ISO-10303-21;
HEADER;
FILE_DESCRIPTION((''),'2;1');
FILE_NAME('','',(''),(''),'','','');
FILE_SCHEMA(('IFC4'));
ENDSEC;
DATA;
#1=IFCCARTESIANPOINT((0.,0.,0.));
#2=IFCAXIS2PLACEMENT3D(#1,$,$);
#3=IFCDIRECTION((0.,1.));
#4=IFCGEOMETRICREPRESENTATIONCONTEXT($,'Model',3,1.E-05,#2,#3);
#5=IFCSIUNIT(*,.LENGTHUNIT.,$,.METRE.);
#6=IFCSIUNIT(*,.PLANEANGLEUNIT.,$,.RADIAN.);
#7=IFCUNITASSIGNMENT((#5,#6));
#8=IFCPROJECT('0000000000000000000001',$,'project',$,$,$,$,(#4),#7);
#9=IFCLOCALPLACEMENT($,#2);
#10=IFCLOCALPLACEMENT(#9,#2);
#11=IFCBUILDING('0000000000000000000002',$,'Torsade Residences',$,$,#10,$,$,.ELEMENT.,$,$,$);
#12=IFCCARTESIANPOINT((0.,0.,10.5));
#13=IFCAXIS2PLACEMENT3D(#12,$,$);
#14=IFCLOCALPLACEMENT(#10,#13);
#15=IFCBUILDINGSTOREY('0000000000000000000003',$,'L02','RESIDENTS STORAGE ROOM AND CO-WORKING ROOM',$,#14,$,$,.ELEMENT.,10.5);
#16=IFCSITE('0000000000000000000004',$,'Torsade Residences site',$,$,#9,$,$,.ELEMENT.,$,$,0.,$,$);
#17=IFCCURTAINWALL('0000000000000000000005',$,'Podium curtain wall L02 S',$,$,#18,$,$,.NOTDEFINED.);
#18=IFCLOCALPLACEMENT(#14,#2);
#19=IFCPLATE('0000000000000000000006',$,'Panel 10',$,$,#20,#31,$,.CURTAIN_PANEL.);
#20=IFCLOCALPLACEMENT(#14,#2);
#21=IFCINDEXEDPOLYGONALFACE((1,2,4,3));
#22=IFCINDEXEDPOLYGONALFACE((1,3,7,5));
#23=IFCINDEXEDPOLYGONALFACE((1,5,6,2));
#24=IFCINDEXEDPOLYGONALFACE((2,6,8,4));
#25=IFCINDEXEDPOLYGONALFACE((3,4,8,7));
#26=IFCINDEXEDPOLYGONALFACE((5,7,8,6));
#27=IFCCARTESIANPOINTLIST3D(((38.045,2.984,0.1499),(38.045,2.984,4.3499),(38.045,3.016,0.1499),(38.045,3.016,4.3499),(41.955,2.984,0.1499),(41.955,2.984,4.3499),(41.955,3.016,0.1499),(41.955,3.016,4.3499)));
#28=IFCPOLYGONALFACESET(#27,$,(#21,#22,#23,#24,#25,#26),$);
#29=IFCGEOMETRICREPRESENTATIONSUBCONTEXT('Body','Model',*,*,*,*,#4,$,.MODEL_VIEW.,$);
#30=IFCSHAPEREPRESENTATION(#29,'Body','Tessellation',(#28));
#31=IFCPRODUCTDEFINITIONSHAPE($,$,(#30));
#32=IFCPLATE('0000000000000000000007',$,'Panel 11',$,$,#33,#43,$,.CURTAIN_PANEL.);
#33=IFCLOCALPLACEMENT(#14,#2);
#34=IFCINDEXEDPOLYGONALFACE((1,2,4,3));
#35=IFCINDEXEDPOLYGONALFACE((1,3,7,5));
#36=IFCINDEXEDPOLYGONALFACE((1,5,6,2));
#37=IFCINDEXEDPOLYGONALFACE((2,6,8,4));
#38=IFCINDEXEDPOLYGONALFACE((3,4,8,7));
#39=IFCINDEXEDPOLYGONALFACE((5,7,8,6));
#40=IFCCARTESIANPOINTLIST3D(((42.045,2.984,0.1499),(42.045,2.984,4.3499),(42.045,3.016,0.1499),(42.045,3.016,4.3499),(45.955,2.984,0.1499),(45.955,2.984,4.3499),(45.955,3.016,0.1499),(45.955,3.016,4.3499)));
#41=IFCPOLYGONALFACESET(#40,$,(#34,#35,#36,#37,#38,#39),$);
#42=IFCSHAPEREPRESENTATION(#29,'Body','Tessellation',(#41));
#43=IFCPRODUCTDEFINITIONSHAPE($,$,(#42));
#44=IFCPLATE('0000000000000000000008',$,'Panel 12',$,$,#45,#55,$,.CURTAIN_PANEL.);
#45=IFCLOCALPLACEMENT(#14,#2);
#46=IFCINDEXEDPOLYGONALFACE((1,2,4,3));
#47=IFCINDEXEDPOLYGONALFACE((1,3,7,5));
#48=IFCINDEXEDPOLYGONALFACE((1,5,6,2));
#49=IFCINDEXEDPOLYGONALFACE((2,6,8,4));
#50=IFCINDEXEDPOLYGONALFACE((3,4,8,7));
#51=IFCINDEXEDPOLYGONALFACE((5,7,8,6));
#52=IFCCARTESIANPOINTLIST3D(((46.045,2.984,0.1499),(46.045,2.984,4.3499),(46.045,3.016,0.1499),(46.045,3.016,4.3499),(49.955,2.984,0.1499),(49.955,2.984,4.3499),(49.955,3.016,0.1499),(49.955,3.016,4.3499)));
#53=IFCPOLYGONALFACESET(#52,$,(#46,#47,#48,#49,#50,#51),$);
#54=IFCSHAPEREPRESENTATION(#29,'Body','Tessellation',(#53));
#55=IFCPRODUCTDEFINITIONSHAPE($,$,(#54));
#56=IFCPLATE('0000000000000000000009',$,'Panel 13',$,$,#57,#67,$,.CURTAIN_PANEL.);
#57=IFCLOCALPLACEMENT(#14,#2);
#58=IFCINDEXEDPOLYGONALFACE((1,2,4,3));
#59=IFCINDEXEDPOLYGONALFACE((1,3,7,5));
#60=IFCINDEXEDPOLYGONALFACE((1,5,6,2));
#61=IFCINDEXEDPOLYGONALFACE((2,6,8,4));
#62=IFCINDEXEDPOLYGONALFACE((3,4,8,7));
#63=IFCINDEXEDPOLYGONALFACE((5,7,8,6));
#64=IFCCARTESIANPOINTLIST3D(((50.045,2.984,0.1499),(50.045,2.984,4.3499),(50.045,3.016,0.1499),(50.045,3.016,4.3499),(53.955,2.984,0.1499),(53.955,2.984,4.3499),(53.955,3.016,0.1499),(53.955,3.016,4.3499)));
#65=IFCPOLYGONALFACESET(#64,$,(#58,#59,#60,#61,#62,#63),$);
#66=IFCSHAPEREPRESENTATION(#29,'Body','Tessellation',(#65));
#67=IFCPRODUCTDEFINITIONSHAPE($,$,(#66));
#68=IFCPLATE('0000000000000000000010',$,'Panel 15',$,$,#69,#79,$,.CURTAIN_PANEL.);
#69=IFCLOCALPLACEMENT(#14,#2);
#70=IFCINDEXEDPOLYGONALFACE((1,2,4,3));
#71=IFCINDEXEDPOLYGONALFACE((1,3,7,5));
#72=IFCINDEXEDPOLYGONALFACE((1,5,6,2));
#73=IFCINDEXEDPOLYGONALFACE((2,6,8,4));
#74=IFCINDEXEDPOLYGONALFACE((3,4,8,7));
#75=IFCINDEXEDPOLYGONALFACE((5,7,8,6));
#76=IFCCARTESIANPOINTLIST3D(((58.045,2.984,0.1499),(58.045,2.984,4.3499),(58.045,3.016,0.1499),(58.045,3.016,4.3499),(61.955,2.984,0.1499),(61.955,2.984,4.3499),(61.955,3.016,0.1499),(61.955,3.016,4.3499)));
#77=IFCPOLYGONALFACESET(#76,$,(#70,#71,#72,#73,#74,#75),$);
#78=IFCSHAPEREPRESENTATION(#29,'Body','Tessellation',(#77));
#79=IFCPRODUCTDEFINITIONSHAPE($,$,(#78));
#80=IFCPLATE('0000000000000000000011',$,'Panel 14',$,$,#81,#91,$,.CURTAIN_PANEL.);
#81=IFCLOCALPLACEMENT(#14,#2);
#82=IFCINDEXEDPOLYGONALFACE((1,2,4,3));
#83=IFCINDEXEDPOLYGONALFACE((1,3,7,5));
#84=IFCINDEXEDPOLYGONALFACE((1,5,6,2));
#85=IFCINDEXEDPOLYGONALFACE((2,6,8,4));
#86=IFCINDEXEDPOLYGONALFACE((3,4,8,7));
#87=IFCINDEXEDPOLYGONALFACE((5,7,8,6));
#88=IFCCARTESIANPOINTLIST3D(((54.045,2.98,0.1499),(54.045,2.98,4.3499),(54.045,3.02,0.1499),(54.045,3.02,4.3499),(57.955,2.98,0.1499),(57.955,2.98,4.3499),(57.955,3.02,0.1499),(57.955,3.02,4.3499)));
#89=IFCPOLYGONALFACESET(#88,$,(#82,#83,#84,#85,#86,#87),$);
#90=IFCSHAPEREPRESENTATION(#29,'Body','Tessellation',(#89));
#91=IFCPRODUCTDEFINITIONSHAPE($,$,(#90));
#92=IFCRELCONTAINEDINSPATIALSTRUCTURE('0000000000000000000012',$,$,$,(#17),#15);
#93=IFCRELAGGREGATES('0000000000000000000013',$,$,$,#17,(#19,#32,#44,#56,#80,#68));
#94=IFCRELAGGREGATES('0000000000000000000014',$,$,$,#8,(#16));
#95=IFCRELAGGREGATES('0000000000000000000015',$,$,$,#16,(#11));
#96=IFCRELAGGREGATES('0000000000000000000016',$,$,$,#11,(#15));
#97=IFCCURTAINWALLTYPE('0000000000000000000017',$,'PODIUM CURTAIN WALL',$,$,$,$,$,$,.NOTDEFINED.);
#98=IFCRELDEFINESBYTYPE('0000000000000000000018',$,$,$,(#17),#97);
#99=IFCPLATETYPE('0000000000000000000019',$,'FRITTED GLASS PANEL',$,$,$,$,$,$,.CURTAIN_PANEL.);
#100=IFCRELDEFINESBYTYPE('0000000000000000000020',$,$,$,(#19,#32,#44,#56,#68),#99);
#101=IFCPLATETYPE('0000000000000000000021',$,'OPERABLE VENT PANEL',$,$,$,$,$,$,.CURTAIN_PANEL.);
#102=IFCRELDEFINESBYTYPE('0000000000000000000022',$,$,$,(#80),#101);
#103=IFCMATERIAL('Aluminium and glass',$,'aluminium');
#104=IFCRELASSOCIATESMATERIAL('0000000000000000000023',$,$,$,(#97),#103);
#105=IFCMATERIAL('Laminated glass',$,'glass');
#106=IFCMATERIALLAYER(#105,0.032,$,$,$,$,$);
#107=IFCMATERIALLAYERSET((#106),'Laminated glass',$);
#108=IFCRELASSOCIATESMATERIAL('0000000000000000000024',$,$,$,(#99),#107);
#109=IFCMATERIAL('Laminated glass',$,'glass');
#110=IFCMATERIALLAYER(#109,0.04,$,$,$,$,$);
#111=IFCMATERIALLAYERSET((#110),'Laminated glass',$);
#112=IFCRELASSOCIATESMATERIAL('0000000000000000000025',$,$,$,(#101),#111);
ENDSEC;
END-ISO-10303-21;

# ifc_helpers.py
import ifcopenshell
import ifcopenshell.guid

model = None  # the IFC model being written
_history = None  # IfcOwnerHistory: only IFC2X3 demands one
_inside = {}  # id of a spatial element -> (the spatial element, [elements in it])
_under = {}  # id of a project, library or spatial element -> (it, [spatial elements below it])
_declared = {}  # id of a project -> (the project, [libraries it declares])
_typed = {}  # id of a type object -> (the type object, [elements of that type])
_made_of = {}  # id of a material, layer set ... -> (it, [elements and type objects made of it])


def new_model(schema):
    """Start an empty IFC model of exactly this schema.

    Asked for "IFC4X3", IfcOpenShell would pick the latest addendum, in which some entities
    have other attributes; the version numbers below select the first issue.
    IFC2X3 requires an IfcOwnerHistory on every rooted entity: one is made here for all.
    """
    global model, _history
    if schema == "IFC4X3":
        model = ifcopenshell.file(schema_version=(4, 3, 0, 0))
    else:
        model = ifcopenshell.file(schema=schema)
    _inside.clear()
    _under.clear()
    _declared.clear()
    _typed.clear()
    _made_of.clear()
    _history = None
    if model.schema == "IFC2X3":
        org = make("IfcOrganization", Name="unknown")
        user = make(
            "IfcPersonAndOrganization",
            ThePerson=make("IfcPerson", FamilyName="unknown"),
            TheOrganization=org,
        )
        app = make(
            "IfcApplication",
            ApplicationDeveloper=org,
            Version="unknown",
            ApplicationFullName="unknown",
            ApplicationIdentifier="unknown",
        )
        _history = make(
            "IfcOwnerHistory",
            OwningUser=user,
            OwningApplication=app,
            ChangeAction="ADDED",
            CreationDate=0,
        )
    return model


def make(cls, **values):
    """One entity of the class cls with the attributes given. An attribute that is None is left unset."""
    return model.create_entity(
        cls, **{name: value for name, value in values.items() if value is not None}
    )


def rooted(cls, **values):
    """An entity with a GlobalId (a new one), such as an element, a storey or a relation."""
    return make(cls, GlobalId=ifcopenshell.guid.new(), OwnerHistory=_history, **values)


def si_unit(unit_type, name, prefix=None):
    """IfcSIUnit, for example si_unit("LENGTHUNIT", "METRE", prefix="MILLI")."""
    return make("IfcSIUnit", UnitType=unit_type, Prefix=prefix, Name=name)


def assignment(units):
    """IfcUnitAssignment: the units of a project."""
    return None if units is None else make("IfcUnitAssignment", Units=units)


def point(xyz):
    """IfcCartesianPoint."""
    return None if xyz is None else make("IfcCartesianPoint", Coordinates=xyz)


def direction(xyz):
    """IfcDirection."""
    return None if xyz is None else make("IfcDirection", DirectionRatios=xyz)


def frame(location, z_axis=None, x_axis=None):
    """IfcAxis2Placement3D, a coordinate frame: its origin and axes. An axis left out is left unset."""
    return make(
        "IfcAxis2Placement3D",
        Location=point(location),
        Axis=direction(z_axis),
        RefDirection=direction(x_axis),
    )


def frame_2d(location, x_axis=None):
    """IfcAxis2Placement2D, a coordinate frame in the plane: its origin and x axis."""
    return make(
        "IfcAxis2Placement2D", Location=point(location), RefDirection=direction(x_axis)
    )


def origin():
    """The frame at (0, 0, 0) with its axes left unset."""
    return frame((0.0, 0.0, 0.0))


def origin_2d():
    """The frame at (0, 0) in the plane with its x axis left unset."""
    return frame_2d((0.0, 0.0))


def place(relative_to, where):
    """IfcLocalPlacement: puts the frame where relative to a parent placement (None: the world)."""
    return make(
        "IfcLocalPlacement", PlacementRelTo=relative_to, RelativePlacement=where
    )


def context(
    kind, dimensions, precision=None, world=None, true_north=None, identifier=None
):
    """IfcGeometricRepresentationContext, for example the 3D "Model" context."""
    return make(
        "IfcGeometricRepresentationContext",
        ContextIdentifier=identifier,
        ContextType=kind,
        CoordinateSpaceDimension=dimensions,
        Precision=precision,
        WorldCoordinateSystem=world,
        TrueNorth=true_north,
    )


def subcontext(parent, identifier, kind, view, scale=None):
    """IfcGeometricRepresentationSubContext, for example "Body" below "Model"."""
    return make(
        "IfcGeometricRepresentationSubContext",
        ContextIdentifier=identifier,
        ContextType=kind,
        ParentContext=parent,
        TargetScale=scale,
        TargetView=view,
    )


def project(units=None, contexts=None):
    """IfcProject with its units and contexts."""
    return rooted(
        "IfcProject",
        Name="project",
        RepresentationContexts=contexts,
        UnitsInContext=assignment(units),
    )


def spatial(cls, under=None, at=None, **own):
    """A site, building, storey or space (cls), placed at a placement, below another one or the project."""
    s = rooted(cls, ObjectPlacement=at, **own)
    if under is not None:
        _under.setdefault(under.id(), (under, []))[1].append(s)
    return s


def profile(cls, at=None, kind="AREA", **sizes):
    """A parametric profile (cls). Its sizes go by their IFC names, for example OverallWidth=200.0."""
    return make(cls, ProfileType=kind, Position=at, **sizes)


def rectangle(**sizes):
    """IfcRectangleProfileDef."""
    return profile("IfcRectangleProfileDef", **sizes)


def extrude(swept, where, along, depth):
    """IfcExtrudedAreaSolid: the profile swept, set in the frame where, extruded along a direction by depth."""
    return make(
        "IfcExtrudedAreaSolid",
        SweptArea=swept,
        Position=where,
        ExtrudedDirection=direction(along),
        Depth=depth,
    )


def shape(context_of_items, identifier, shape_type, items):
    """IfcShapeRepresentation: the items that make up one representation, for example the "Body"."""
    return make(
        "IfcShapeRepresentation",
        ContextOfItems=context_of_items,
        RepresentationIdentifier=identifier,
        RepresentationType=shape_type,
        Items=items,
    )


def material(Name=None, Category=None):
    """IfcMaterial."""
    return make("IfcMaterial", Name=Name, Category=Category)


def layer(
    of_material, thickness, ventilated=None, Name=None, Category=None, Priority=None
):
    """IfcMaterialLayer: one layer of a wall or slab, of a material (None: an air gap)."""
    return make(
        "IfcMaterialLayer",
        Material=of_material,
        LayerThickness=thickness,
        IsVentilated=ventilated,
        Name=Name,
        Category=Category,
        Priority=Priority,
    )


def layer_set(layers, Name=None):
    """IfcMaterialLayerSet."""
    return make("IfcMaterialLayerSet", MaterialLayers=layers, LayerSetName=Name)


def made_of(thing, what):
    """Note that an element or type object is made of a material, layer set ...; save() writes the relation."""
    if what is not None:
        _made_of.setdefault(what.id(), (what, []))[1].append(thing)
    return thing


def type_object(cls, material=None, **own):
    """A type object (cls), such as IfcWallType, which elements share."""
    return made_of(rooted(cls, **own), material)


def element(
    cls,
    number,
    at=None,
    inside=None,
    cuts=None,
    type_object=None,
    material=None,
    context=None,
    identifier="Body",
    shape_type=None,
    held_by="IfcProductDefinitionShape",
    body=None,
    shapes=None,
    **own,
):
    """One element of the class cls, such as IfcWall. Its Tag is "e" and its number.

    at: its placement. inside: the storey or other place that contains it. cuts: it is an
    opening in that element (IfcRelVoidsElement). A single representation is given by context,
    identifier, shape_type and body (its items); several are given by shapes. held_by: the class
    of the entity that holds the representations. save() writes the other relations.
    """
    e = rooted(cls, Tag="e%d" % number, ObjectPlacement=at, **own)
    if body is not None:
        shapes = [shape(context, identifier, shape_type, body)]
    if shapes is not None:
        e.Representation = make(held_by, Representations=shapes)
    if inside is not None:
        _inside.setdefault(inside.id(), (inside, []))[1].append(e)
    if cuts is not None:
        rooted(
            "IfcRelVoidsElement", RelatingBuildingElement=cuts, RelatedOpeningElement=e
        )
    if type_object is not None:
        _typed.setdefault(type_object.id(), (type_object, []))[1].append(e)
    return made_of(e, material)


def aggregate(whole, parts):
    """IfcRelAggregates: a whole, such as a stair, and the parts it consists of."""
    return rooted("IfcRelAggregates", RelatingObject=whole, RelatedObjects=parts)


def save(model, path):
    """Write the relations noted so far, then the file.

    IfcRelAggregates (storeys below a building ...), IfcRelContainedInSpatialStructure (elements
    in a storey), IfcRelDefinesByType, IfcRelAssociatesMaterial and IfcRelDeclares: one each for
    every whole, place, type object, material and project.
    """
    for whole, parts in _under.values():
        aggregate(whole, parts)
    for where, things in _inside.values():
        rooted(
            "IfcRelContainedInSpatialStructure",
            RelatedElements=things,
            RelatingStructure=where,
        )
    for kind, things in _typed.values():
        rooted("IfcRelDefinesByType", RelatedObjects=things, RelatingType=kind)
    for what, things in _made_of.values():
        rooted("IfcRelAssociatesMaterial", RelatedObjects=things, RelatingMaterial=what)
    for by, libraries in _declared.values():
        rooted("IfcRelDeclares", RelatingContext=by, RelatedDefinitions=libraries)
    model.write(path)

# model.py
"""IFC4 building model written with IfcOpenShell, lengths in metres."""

from ifc_helpers import new_model, si_unit, direction, frame, origin, origin_2d, place, context, subcontext, project, spatial, rectangle, extrude, material, layer, layer_set, type_object, element, aggregate, save


model = new_model("IFC4")

# Units and contexts
model_context = context("Model", 3, precision=1e-05, world=origin(), true_north=direction((0.0, 1.0)))
body_context = subcontext(model_context, "Body", "Model", "MODEL_VIEW")
ifc_project = project(units=[si_unit("LENGTHUNIT", "METRE"), si_unit("PLANEANGLEUNIT", "RADIAN")], contexts=[model_context])

# Site, building, storey
site_placement = place(None, origin())
site = spatial("IfcSite", under=ifc_project, at=site_placement, Name="Torsade Residences site", CompositionType="ELEMENT", RefElevation=0.0)
building_placement = place(site_placement, origin())
building = spatial("IfcBuilding", under=site, at=building_placement, Name="Torsade Residences", CompositionType="ELEMENT")
storey_placement = place(building_placement, frame((0.0, 0.0, 10.5)))
storey = spatial("IfcBuildingStorey", under=building, at=storey_placement, Name="L02", Description="RESIDENTS STORAGE ROOM AND CO-WORKING ROOM", CompositionType="ELEMENT", Elevation=10.5)

# Curtain wall
ifc_material_1 = material(Name="Aluminium and glass", Category="aluminium")
curtain_wall_type = type_object("IfcCurtainWallType", Name="PODIUM CURTAIN WALL", PredefinedType="NOTDEFINED", material=ifc_material_1)
curtain_wall_placement = place(storey_placement, origin())
curtain_wall = element("IfcCurtainWall", 1, at=curtain_wall_placement, inside=storey, type_object=curtain_wall_type, Name="Podium curtain wall L02 S", PredefinedType="NOTDEFINED")

# Plates
ifc_material_2 = material(Name="Laminated glass", Category="glass")
ifc_layer_1 = layer(ifc_material_2, 0.032)
ifc_layer_set_1 = layer_set([ifc_layer_1], Name="Laminated glass")
plate_type_1 = type_object("IfcPlateType", Name="FRITTED GLASS PANEL", PredefinedType="CURTAIN_PANEL", material=ifc_layer_set_1)
plate_1_placement = place(storey_placement, frame((40.0, 3.0, 0.1499), z_axis=(0.0, 0.0, 1.0), x_axis=(1.0, 0.0, 0.0)))
plate_1 = element("IfcPlate", 2, at=plate_1_placement, type_object=plate_type_1, Name="Panel 10", PredefinedType="CURTAIN_PANEL", context=body_context, shape_type="SweptSolid", body=[
    extrude(rectangle(XDim=3.9099, YDim=0.032, at=origin_2d()), origin(), (0.0, 0.0, 1.0), 4.2),
])
plate_2_placement = place(storey_placement, frame((44.0, 3.0, 0.1499), z_axis=(0.0, 0.0, 1.0), x_axis=(1.0, 0.0, 0.0)))
plate_2 = element("IfcPlate", 3, at=plate_2_placement, type_object=plate_type_1, Name="Panel 11", PredefinedType="CURTAIN_PANEL", context=body_context, shape_type="SweptSolid", body=[
    extrude(rectangle(XDim=3.9099, YDim=0.032, at=origin_2d()), origin(), (0.0, 0.0, 1.0), 4.2),
])
plate_3_placement = place(storey_placement, frame((48.0, 3.0, 0.1499), z_axis=(0.0, 0.0, 1.0), x_axis=(1.0, 0.0, 0.0)))
plate_3 = element("IfcPlate", 4, at=plate_3_placement, type_object=plate_type_1, Name="Panel 12", PredefinedType="CURTAIN_PANEL", context=body_context, shape_type="SweptSolid", body=[
    extrude(rectangle(XDim=3.9099, YDim=0.032, at=origin_2d()), origin(), (0.0, 0.0, 1.0), 4.2),
])
plate_4_placement = place(storey_placement, frame((52.0, 3.0, 0.1499), z_axis=(0.0, 0.0, 1.0), x_axis=(1.0, 0.0, 0.0)))
plate_4 = element("IfcPlate", 5, at=plate_4_placement, type_object=plate_type_1, Name="Panel 13", PredefinedType="CURTAIN_PANEL", context=body_context, shape_type="SweptSolid", body=[
    extrude(rectangle(XDim=3.9099, YDim=0.032, at=origin_2d()), origin(), (0.0, 0.0, 1.0), 4.2),
])
plate_5_placement = place(storey_placement, frame((60.0, 3.0, 0.1499), z_axis=(0.0, 0.0, 1.0), x_axis=(1.0, 0.0, 0.0)))
plate_5 = element("IfcPlate", 6, at=plate_5_placement, type_object=plate_type_1, Name="Panel 15", PredefinedType="CURTAIN_PANEL", context=body_context, shape_type="SweptSolid", body=[
    extrude(rectangle(XDim=3.9099, YDim=0.032, at=origin_2d()), origin(), (0.0, 0.0, 1.0), 4.2),
])
ifc_material_3 = material(Name="Laminated glass", Category="glass")
ifc_layer_2 = layer(ifc_material_3, 0.04)
ifc_layer_set_2 = layer_set([ifc_layer_2], Name="Laminated glass")
plate_type_2 = type_object("IfcPlateType", Name="OPERABLE VENT PANEL", PredefinedType="CURTAIN_PANEL", material=ifc_layer_set_2)
plate_6_placement = place(storey_placement, frame((56.0, 3.0, 0.1499), z_axis=(0.0, 0.0, 1.0), x_axis=(1.0, 0.0, 0.0)))
plate_6 = element("IfcPlate", 7, at=plate_6_placement, type_object=plate_type_2, Name="Panel 14", PredefinedType="CURTAIN_PANEL", context=body_context, shape_type="SweptSolid", body=[
    extrude(rectangle(XDim=3.9099, YDim=0.04, at=origin_2d()), origin(), (0.0, 0.0, 1.0), 4.2),
])
aggregate(curtain_wall, [plate_1, plate_2, plate_3, plate_4, plate_6, plate_5])

save(model, "model.ifc")
